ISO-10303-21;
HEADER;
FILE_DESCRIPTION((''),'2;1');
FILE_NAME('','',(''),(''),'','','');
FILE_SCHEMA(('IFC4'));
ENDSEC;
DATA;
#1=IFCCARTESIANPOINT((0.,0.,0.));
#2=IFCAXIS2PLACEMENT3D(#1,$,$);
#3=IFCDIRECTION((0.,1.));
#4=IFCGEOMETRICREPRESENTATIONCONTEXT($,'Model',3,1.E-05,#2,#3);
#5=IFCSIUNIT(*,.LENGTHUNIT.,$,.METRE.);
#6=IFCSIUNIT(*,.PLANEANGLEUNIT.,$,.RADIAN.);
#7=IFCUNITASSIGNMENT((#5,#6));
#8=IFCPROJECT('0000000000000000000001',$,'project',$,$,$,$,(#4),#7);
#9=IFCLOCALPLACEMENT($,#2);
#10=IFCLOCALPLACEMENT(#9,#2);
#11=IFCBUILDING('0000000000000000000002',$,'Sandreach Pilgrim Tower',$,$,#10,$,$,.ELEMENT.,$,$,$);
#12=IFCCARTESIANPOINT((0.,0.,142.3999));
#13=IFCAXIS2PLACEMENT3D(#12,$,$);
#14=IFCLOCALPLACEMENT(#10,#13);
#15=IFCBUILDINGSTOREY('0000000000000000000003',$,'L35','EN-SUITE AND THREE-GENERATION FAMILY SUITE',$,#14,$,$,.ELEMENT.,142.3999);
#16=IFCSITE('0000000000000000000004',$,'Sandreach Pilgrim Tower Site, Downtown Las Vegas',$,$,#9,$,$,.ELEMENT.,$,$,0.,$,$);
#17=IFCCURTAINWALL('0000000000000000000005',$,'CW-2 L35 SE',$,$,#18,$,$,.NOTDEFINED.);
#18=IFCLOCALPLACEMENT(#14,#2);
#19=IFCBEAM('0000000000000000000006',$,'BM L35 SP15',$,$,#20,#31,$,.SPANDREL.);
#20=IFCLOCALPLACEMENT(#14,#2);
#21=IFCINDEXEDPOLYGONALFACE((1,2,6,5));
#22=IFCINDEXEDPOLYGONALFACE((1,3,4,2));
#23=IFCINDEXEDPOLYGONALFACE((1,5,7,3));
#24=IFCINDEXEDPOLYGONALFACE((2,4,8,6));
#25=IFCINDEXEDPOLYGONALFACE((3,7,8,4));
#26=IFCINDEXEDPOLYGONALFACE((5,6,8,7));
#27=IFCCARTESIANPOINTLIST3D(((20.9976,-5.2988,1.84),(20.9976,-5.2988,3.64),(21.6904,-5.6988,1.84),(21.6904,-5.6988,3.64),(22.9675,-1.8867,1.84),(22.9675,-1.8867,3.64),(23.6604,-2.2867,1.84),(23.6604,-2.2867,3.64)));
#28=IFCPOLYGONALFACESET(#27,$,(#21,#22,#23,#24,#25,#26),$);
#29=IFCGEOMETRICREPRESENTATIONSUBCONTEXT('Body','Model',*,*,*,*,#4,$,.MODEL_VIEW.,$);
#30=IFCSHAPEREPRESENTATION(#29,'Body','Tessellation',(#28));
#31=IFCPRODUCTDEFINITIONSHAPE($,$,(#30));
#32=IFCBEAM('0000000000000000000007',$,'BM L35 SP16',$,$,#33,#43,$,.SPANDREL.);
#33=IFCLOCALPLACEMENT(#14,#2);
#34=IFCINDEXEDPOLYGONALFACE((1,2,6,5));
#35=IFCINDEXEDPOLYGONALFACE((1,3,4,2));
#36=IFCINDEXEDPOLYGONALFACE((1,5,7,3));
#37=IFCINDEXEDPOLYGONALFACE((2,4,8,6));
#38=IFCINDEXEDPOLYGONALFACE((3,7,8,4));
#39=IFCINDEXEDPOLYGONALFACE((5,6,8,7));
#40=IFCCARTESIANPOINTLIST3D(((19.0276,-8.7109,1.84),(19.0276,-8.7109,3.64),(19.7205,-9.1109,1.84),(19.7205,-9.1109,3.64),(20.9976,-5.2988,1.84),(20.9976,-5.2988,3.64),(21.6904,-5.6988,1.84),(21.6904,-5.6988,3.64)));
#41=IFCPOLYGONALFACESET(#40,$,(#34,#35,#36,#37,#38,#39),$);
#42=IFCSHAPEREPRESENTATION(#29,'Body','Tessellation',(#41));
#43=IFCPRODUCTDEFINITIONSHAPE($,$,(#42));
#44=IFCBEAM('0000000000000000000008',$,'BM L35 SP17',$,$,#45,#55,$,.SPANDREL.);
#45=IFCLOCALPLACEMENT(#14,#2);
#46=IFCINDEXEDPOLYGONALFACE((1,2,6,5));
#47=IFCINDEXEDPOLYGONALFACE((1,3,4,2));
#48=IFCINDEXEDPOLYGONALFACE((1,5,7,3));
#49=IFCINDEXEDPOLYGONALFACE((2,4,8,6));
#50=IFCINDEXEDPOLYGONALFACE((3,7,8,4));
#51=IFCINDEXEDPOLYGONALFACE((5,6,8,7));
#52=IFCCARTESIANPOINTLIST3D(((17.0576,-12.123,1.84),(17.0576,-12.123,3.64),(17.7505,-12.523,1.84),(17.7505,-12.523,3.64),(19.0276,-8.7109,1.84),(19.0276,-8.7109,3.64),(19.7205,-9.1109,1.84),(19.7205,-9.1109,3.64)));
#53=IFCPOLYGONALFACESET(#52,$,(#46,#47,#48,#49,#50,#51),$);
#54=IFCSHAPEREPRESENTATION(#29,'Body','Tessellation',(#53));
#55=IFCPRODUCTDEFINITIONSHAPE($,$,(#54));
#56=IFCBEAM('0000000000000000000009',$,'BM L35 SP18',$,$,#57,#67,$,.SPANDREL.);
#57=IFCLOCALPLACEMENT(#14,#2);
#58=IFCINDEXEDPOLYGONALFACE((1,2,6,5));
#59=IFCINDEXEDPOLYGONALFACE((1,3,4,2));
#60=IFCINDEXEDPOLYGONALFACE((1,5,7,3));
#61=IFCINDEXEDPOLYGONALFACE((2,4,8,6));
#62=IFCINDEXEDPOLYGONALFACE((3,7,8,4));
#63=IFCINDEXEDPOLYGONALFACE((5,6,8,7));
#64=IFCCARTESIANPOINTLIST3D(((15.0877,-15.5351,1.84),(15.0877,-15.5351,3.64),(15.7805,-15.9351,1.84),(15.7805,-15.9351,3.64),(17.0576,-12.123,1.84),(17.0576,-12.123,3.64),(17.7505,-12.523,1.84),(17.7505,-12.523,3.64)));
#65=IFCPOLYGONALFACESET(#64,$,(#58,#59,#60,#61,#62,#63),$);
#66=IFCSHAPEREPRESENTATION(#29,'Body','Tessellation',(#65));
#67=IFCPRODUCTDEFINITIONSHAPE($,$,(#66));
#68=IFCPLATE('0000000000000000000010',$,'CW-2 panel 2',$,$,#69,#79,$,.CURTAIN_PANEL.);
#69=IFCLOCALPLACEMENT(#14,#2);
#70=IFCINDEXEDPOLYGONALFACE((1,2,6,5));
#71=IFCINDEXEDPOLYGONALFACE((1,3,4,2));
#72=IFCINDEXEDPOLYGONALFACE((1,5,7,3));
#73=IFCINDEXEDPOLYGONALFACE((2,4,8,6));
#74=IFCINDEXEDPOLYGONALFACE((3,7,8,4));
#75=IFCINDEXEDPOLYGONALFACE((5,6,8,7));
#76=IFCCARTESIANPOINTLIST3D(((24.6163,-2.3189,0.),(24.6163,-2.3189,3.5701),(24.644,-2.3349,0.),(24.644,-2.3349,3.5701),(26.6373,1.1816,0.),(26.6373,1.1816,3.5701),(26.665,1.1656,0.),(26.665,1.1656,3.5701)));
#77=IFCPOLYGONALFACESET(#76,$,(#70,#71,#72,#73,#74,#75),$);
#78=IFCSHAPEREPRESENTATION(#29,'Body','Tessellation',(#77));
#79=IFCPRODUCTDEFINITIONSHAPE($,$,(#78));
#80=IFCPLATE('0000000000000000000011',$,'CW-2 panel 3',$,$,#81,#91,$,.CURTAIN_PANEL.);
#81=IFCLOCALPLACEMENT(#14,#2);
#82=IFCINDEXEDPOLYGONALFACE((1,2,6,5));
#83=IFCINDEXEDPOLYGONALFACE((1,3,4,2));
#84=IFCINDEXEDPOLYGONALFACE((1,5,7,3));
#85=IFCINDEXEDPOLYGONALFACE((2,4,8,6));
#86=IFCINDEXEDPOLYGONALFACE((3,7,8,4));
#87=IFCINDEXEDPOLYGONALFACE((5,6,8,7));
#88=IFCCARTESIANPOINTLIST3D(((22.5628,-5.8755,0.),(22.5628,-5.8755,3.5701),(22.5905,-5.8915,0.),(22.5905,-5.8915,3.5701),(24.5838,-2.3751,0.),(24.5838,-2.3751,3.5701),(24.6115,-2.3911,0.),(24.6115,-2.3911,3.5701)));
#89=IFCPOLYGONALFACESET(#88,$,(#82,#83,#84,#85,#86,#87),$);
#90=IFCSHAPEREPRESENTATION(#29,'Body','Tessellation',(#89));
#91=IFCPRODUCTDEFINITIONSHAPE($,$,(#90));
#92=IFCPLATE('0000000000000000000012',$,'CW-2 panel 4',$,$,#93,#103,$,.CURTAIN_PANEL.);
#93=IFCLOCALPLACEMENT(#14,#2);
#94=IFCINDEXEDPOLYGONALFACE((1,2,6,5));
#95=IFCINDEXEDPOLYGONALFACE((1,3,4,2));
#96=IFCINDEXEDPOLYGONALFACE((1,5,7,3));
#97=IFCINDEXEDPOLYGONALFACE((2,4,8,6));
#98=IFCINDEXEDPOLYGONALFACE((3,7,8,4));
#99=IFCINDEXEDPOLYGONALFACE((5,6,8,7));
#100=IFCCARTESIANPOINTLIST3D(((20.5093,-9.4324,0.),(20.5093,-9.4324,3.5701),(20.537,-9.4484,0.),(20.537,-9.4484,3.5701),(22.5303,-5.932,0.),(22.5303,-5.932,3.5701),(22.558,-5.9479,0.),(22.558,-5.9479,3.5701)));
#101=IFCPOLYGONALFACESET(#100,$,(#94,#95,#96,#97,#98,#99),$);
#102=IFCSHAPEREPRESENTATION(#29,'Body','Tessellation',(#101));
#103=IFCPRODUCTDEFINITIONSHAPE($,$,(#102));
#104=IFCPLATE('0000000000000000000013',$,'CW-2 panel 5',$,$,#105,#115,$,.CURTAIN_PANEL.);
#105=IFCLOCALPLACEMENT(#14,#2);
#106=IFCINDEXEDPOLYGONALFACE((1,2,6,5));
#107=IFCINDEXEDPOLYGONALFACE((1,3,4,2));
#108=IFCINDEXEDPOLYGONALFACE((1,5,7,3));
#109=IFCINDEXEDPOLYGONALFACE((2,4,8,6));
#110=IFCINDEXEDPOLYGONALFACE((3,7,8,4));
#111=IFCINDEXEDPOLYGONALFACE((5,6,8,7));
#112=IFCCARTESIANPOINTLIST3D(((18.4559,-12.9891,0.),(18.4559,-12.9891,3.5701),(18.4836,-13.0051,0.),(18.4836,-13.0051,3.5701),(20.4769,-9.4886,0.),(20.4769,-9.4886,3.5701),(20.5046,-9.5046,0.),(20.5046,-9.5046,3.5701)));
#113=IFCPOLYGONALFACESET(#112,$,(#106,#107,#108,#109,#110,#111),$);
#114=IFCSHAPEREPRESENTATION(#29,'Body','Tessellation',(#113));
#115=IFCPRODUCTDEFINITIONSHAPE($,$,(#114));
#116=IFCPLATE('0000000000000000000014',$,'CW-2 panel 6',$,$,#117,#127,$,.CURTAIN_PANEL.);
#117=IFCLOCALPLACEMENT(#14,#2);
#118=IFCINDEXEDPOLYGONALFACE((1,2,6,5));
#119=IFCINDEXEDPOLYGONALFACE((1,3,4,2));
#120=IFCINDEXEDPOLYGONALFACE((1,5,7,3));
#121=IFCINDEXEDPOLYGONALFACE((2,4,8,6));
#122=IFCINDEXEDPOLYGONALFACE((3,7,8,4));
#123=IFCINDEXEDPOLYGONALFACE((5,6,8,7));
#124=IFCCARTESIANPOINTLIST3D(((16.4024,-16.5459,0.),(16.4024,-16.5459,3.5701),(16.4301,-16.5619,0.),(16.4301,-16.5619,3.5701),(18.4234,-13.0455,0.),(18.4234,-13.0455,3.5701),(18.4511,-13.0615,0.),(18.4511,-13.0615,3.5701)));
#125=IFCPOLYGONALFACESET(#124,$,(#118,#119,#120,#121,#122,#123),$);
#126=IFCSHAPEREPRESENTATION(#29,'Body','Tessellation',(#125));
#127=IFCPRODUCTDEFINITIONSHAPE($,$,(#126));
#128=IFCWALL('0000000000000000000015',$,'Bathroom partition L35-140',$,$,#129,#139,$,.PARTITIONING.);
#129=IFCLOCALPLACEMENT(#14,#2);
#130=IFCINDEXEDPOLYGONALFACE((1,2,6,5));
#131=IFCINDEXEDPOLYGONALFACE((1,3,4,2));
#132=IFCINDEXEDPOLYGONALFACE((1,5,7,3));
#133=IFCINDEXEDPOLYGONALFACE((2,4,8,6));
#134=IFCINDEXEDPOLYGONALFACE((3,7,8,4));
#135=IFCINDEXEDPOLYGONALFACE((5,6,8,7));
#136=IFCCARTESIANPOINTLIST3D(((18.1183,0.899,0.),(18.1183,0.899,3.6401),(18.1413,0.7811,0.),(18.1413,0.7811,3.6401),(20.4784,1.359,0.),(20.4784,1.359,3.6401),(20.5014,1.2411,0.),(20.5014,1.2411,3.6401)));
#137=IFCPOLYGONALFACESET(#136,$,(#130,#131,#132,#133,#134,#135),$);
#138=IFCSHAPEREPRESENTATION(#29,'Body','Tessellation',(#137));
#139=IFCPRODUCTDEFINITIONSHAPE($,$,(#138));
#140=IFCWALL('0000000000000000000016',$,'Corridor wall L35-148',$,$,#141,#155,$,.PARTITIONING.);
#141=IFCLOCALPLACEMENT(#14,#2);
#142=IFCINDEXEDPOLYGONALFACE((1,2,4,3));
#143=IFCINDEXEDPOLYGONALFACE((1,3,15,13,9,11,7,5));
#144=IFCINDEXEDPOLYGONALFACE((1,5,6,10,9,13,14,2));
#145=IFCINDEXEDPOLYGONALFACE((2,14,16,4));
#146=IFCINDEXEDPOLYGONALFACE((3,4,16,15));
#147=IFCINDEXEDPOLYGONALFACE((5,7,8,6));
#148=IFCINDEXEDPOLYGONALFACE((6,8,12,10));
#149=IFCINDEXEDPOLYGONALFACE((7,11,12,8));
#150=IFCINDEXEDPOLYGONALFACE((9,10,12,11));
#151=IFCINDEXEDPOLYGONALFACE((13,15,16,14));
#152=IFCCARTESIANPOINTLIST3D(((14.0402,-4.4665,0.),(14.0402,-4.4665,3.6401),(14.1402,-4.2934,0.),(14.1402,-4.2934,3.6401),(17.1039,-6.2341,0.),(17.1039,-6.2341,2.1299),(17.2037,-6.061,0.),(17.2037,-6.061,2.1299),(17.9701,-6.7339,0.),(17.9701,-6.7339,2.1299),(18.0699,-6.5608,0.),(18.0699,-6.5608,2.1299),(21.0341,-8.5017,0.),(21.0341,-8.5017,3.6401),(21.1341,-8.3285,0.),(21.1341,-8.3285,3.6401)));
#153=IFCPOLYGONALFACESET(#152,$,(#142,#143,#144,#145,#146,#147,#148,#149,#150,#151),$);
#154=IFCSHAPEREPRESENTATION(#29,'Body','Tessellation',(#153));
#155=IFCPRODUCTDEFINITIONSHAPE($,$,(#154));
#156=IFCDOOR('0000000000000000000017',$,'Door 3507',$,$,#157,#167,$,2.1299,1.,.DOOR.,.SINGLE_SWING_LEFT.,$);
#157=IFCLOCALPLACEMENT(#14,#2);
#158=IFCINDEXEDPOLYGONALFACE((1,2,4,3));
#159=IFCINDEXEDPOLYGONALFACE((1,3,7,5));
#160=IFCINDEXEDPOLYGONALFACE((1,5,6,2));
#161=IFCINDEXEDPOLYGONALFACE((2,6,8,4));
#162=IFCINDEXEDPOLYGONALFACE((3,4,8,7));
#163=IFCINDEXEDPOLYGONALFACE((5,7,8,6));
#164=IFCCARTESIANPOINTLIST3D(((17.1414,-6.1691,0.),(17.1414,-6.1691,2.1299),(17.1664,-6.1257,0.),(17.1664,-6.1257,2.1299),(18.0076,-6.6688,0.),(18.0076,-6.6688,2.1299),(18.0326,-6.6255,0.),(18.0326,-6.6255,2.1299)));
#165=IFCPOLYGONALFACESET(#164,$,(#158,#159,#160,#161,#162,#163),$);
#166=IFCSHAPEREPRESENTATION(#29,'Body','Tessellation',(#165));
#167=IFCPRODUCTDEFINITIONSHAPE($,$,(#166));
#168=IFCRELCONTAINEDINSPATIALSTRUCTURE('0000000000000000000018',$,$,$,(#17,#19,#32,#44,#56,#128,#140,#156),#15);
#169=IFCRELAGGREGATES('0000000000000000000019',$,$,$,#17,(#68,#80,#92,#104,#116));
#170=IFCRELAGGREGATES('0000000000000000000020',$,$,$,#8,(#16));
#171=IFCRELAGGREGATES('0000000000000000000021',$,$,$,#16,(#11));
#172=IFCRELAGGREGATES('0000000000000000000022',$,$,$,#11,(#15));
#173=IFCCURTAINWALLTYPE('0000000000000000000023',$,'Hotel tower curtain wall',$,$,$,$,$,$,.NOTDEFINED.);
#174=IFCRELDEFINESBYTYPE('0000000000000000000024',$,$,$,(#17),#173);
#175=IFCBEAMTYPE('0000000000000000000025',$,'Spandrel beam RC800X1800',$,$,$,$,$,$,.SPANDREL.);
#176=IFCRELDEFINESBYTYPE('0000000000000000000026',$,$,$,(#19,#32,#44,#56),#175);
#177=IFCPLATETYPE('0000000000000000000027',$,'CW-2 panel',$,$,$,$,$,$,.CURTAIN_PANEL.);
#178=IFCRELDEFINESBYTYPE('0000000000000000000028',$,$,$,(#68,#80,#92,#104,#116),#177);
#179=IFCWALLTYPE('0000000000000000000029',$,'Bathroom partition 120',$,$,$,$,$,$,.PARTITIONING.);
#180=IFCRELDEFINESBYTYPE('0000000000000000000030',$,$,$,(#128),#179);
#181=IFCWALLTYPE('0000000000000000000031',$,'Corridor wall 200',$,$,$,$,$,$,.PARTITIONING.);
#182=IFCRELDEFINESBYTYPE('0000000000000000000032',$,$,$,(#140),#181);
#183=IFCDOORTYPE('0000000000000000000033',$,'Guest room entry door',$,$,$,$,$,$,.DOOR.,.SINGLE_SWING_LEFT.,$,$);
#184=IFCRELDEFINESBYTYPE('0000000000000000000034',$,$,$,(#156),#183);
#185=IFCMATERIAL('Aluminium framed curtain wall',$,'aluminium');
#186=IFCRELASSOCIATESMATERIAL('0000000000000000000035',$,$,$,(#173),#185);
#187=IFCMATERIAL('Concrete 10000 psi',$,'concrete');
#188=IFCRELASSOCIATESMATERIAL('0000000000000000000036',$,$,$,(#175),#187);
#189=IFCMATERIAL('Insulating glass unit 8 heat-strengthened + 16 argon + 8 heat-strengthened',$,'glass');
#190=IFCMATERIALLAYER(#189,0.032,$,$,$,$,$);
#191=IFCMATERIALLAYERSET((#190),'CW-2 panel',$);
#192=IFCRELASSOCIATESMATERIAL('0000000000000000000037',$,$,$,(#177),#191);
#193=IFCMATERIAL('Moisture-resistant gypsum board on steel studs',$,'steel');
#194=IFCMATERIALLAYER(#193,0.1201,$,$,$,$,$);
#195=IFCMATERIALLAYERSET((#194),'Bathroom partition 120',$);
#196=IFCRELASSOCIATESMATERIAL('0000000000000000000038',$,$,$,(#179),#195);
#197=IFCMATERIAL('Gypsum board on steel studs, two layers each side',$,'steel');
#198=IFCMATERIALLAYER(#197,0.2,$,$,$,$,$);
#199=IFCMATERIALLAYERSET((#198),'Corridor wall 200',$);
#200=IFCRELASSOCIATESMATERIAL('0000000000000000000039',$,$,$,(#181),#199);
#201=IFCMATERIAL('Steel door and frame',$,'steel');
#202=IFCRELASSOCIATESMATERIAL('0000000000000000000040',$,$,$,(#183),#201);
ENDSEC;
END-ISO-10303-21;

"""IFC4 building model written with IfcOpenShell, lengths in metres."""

from ifc_helpers import new_model, si_unit, direction, frame, frame_2d, origin, origin_2d, place, context, subcontext, project, spatial, rectangle, extrude, material, layer, layer_set, material_profile, profile_set, type_object, element, fill, aggregate, save


model = new_model("IFC4")

# Units and contexts
model_context = context("Model", 3, precision=1e-05, world=origin(), true_north=direction((0.0, 1.0)))
body_context = subcontext(model_context, "Body", "Model", "MODEL_VIEW")
ifc_project = project(units=[si_unit("LENGTHUNIT", "METRE"), si_unit("PLANEANGLEUNIT", "RADIAN")], contexts=[model_context])

# Site, building, storey
site_placement = place(None, origin())
site = spatial("IfcSite", under=ifc_project, at=site_placement, Name="Sandreach Pilgrim Tower Site, Downtown Las Vegas", CompositionType="ELEMENT", RefElevation=0.0)
building_placement = place(site_placement, origin())
building = spatial("IfcBuilding", under=site, at=building_placement, Name="Sandreach Pilgrim Tower", CompositionType="ELEMENT")
storey_placement = place(building_placement, frame((0.0, 0.0, 142.3999)))
storey = spatial("IfcBuildingStorey", under=building, at=storey_placement, Name="L35", Description="EN-SUITE AND THREE-GENERATION FAMILY SUITE", CompositionType="ELEMENT", Elevation=142.3999)

# Curtain wall
ifc_material_1 = material(Name="Aluminium framed curtain wall", Category="aluminium")
curtain_wall_type = type_object("IfcCurtainWallType", Name="Hotel tower curtain wall", PredefinedType="NOTDEFINED", material=ifc_material_1)
curtain_wall_placement = place(storey_placement, origin())
curtain_wall = element("IfcCurtainWall", 1, at=curtain_wall_placement, inside=storey, type_object=curtain_wall_type, Name="CW-2 L35 SE", PredefinedType="NOTDEFINED")

# Beams
ifc_material_2 = material(Name="Concrete 10000 psi", Category="concrete")
ifc_material_profile_1 = material_profile(ifc_material_2, rectangle(XDim=0.8, YDim=1.8, at=origin_2d()), Name="RC800X1800")
ifc_profile_set_1 = profile_set([ifc_material_profile_1], Name="Concrete 10000 psi")
beam_type_1 = type_object("IfcBeamType", Name="Spandrel beam RC800X1800", PredefinedType="SPANDREL", material=ifc_profile_set_1)
for number, where, z_axis, x_axis, name in (
    (2, (23.314, -2.0867, 2.74), (-0.499998, -0.866027, 0.0), (0.866027, -0.499998, 0.0), "BM L35 SP15"),
    (3, (21.344, -5.4988, 2.74), (-0.499998, -0.866027, 0.0), (0.866027, -0.499998, 0.0), "BM L35 SP16"),
    (4, (19.374, -8.9109, 2.74), (-0.499998, -0.866027, 0.0), (0.866027, -0.499998, 0.0), "BM L35 SP17"),
    (5, (17.4041, -12.323, 2.74), (-0.499998, -0.866027, 0.0), (0.866027, -0.499998, 0.0), "BM L35 SP18"),
):
    element("IfcBeam", number, at=place(storey_placement, frame(where, z_axis=z_axis, x_axis=x_axis)), inside=storey, type_object=beam_type_1, Name=name, PredefinedType="SPANDREL", context=body_context, shape_type="SweptSolid", body=[
        extrude(rectangle(XDim=0.8, YDim=1.8, at=origin_2d()), origin(), (0.0, 0.0, 1.0), 3.9399),
    ])

# Plates
ifc_material_3 = material(Name="Insulating glass unit 8 heat-strengthened + 16 argon + 8 heat-strengthened", Category="glass")
ifc_layer_1 = layer(ifc_material_3, 0.032)
ifc_layer_set_1 = layer_set([ifc_layer_1], Name="CW-2 panel")
plate_type = type_object("IfcPlateType", Name="CW-2 panel", PredefinedType="CURTAIN_PANEL", material=ifc_layer_set_1)
plate_1_placement = place(storey_placement, frame((25.6406, -0.5767, 0.0), z_axis=(0.0, 0.0, 1.0), x_axis=(-0.5, -0.866025, 0.0)))
plate_1 = element("IfcPlate", 6, at=plate_1_placement, type_object=plate_type, Name="CW-2 panel 2", PredefinedType="CURTAIN_PANEL", context=body_context, shape_type="SweptSolid", body=[
    extrude(rectangle(XDim=4.042, YDim=0.032, at=origin_2d()), origin(), (0.0, 0.0, 1.0), 3.5701),
])
plate_2_placement = place(storey_placement, frame((23.5872, -4.1333, 0.0), z_axis=(0.0, 0.0, 1.0), x_axis=(-0.5, -0.866025, 0.0)))
plate_2 = element("IfcPlate", 7, at=plate_2_placement, type_object=plate_type, Name="CW-2 panel 3", PredefinedType="CURTAIN_PANEL", context=body_context, shape_type="SweptSolid", body=[
    extrude(rectangle(XDim=4.042, YDim=0.032, at=origin_2d()), origin(), (0.0, 0.0, 1.0), 3.5701),
])
plate_3_placement = place(storey_placement, frame((21.5337, -7.6902, 0.0), z_axis=(0.0, 0.0, 1.0), x_axis=(-0.5, -0.866025, 0.0)))
plate_3 = element("IfcPlate", 8, at=plate_3_placement, type_object=plate_type, Name="CW-2 panel 4", PredefinedType="CURTAIN_PANEL", context=body_context, shape_type="SweptSolid", body=[
    extrude(rectangle(XDim=4.042, YDim=0.032, at=origin_2d()), origin(), (0.0, 0.0, 1.0), 3.5701),
])
plate_4_placement = place(storey_placement, frame((19.4802, -11.2468, 0.0), z_axis=(0.0, 0.0, 1.0), x_axis=(-0.5, -0.866025, 0.0)))
plate_4 = element("IfcPlate", 9, at=plate_4_placement, type_object=plate_type, Name="CW-2 panel 5", PredefinedType="CURTAIN_PANEL", context=body_context, shape_type="SweptSolid", body=[
    extrude(rectangle(XDim=4.042, YDim=0.032, at=origin_2d()), origin(), (0.0, 0.0, 1.0), 3.5701),
])
plate_5_placement = place(storey_placement, frame((17.4268, -14.8037, 0.0), z_axis=(0.0, 0.0, 1.0), x_axis=(-0.5, -0.866025, 0.0)))
plate_5 = element("IfcPlate", 10, at=plate_5_placement, type_object=plate_type, Name="CW-2 panel 6", PredefinedType="CURTAIN_PANEL", context=body_context, shape_type="SweptSolid", body=[
    extrude(rectangle(XDim=4.042, YDim=0.032, at=origin_2d()), origin(), (0.0, 0.0, 1.0), 3.5701),
])
aggregate(curtain_wall, [plate_1, plate_2, plate_3, plate_4, plate_5])

# Wall
ifc_material_4 = material(Name="Moisture-resistant gypsum board on steel studs", Category="steel")
ifc_layer_2 = layer(ifc_material_4, 0.1201)
ifc_layer_set_2 = layer_set([ifc_layer_2], Name="Bathroom partition 120")
wall_type_1 = type_object("IfcWallType", Name="Bathroom partition 120", PredefinedType="PARTITIONING", material=ifc_layer_set_2)
wall_1_placement = place(storey_placement, frame((18.1299, 0.8401, 0.0), z_axis=(0.0, 0.0, 1.0), x_axis=(0.981533, 0.191291, 0.0)))
element("IfcWall", 11, at=wall_1_placement, inside=storey, type_object=wall_type_1, Name="Bathroom partition L35-140", PredefinedType="PARTITIONING", context=body_context, shape_type="SweptSolid", body=[
    extrude(rectangle(XDim=2.4045, YDim=0.1201, at=frame_2d((1.2021, 0.0))), origin(), (0.0, 0.0, 1.0), 3.6401),
])

# Wall, opening, door
ifc_material_5 = material(Name="Gypsum board on steel studs, two layers each side", Category="steel")
ifc_layer_3 = layer(ifc_material_5, 0.2)
ifc_layer_set_3 = layer_set([ifc_layer_3], Name="Corridor wall 200")
wall_type_2 = type_object("IfcWallType", Name="Corridor wall 200", PredefinedType="PARTITIONING", material=ifc_layer_set_3)
wall_2_placement = place(storey_placement, frame((21.084, -8.415, 0.0), z_axis=(0.0, 0.0, 1.0), x_axis=(-0.866174, 0.499743, 0.0)))
wall_2 = element("IfcWall", 12, at=wall_2_placement, inside=storey, type_object=wall_type_2, Name="Corridor wall L35-148", PredefinedType="PARTITIONING", context=body_context, shape_type="SweptSolid", body=[
    extrude(rectangle(XDim=8.0745, YDim=0.2, at=frame_2d((4.0371, 0.0))), origin(), (0.0, 0.0, 1.0), 3.6401),
])
opening_placement = place(wall_2_placement, frame((3.5374, 0.0, 0.0)))
opening = element("IfcOpeningElement", 13, at=opening_placement, cuts=wall_2, PredefinedType="OPENING", context=body_context, shape_type="SweptSolid", body=[
    extrude(rectangle(XDim=1.0, YDim=2.1299, at=frame_2d((0.5, 1.0649))), frame((0.0, 0.1001, 0.0), z_axis=(0.0, -1.0, 0.0), x_axis=(1.0, 0.0, 0.0)), (0.0, 0.0, 1.0), 0.2),
])
ifc_material_6 = material(Name="Steel door and frame", Category="steel")
door_type = type_object("IfcDoorType", Name="Guest room entry door", OperationType="SINGLE_SWING_LEFT", PredefinedType="DOOR", material=ifc_material_6)
door_placement = place(opening_placement, origin())
door = element("IfcDoor", 14, at=door_placement, inside=storey, type_object=door_type, Name="Door 3507", OperationType="SINGLE_SWING_LEFT", OverallHeight=2.1299, OverallWidth=1.0, PredefinedType="DOOR", context=body_context, shape_type="SweptSolid", body=[
    extrude(rectangle(XDim=1.0, YDim=2.1299, at=frame_2d((0.5, 1.0649))), frame((0.0, 0.0249, 0.0), z_axis=(0.0, -1.0, 0.0), x_axis=(1.0, 0.0, 0.0)), (0.0, 0.0, 1.0), 0.05),
])
fill(opening, door)

save(model, "model.ifc")
